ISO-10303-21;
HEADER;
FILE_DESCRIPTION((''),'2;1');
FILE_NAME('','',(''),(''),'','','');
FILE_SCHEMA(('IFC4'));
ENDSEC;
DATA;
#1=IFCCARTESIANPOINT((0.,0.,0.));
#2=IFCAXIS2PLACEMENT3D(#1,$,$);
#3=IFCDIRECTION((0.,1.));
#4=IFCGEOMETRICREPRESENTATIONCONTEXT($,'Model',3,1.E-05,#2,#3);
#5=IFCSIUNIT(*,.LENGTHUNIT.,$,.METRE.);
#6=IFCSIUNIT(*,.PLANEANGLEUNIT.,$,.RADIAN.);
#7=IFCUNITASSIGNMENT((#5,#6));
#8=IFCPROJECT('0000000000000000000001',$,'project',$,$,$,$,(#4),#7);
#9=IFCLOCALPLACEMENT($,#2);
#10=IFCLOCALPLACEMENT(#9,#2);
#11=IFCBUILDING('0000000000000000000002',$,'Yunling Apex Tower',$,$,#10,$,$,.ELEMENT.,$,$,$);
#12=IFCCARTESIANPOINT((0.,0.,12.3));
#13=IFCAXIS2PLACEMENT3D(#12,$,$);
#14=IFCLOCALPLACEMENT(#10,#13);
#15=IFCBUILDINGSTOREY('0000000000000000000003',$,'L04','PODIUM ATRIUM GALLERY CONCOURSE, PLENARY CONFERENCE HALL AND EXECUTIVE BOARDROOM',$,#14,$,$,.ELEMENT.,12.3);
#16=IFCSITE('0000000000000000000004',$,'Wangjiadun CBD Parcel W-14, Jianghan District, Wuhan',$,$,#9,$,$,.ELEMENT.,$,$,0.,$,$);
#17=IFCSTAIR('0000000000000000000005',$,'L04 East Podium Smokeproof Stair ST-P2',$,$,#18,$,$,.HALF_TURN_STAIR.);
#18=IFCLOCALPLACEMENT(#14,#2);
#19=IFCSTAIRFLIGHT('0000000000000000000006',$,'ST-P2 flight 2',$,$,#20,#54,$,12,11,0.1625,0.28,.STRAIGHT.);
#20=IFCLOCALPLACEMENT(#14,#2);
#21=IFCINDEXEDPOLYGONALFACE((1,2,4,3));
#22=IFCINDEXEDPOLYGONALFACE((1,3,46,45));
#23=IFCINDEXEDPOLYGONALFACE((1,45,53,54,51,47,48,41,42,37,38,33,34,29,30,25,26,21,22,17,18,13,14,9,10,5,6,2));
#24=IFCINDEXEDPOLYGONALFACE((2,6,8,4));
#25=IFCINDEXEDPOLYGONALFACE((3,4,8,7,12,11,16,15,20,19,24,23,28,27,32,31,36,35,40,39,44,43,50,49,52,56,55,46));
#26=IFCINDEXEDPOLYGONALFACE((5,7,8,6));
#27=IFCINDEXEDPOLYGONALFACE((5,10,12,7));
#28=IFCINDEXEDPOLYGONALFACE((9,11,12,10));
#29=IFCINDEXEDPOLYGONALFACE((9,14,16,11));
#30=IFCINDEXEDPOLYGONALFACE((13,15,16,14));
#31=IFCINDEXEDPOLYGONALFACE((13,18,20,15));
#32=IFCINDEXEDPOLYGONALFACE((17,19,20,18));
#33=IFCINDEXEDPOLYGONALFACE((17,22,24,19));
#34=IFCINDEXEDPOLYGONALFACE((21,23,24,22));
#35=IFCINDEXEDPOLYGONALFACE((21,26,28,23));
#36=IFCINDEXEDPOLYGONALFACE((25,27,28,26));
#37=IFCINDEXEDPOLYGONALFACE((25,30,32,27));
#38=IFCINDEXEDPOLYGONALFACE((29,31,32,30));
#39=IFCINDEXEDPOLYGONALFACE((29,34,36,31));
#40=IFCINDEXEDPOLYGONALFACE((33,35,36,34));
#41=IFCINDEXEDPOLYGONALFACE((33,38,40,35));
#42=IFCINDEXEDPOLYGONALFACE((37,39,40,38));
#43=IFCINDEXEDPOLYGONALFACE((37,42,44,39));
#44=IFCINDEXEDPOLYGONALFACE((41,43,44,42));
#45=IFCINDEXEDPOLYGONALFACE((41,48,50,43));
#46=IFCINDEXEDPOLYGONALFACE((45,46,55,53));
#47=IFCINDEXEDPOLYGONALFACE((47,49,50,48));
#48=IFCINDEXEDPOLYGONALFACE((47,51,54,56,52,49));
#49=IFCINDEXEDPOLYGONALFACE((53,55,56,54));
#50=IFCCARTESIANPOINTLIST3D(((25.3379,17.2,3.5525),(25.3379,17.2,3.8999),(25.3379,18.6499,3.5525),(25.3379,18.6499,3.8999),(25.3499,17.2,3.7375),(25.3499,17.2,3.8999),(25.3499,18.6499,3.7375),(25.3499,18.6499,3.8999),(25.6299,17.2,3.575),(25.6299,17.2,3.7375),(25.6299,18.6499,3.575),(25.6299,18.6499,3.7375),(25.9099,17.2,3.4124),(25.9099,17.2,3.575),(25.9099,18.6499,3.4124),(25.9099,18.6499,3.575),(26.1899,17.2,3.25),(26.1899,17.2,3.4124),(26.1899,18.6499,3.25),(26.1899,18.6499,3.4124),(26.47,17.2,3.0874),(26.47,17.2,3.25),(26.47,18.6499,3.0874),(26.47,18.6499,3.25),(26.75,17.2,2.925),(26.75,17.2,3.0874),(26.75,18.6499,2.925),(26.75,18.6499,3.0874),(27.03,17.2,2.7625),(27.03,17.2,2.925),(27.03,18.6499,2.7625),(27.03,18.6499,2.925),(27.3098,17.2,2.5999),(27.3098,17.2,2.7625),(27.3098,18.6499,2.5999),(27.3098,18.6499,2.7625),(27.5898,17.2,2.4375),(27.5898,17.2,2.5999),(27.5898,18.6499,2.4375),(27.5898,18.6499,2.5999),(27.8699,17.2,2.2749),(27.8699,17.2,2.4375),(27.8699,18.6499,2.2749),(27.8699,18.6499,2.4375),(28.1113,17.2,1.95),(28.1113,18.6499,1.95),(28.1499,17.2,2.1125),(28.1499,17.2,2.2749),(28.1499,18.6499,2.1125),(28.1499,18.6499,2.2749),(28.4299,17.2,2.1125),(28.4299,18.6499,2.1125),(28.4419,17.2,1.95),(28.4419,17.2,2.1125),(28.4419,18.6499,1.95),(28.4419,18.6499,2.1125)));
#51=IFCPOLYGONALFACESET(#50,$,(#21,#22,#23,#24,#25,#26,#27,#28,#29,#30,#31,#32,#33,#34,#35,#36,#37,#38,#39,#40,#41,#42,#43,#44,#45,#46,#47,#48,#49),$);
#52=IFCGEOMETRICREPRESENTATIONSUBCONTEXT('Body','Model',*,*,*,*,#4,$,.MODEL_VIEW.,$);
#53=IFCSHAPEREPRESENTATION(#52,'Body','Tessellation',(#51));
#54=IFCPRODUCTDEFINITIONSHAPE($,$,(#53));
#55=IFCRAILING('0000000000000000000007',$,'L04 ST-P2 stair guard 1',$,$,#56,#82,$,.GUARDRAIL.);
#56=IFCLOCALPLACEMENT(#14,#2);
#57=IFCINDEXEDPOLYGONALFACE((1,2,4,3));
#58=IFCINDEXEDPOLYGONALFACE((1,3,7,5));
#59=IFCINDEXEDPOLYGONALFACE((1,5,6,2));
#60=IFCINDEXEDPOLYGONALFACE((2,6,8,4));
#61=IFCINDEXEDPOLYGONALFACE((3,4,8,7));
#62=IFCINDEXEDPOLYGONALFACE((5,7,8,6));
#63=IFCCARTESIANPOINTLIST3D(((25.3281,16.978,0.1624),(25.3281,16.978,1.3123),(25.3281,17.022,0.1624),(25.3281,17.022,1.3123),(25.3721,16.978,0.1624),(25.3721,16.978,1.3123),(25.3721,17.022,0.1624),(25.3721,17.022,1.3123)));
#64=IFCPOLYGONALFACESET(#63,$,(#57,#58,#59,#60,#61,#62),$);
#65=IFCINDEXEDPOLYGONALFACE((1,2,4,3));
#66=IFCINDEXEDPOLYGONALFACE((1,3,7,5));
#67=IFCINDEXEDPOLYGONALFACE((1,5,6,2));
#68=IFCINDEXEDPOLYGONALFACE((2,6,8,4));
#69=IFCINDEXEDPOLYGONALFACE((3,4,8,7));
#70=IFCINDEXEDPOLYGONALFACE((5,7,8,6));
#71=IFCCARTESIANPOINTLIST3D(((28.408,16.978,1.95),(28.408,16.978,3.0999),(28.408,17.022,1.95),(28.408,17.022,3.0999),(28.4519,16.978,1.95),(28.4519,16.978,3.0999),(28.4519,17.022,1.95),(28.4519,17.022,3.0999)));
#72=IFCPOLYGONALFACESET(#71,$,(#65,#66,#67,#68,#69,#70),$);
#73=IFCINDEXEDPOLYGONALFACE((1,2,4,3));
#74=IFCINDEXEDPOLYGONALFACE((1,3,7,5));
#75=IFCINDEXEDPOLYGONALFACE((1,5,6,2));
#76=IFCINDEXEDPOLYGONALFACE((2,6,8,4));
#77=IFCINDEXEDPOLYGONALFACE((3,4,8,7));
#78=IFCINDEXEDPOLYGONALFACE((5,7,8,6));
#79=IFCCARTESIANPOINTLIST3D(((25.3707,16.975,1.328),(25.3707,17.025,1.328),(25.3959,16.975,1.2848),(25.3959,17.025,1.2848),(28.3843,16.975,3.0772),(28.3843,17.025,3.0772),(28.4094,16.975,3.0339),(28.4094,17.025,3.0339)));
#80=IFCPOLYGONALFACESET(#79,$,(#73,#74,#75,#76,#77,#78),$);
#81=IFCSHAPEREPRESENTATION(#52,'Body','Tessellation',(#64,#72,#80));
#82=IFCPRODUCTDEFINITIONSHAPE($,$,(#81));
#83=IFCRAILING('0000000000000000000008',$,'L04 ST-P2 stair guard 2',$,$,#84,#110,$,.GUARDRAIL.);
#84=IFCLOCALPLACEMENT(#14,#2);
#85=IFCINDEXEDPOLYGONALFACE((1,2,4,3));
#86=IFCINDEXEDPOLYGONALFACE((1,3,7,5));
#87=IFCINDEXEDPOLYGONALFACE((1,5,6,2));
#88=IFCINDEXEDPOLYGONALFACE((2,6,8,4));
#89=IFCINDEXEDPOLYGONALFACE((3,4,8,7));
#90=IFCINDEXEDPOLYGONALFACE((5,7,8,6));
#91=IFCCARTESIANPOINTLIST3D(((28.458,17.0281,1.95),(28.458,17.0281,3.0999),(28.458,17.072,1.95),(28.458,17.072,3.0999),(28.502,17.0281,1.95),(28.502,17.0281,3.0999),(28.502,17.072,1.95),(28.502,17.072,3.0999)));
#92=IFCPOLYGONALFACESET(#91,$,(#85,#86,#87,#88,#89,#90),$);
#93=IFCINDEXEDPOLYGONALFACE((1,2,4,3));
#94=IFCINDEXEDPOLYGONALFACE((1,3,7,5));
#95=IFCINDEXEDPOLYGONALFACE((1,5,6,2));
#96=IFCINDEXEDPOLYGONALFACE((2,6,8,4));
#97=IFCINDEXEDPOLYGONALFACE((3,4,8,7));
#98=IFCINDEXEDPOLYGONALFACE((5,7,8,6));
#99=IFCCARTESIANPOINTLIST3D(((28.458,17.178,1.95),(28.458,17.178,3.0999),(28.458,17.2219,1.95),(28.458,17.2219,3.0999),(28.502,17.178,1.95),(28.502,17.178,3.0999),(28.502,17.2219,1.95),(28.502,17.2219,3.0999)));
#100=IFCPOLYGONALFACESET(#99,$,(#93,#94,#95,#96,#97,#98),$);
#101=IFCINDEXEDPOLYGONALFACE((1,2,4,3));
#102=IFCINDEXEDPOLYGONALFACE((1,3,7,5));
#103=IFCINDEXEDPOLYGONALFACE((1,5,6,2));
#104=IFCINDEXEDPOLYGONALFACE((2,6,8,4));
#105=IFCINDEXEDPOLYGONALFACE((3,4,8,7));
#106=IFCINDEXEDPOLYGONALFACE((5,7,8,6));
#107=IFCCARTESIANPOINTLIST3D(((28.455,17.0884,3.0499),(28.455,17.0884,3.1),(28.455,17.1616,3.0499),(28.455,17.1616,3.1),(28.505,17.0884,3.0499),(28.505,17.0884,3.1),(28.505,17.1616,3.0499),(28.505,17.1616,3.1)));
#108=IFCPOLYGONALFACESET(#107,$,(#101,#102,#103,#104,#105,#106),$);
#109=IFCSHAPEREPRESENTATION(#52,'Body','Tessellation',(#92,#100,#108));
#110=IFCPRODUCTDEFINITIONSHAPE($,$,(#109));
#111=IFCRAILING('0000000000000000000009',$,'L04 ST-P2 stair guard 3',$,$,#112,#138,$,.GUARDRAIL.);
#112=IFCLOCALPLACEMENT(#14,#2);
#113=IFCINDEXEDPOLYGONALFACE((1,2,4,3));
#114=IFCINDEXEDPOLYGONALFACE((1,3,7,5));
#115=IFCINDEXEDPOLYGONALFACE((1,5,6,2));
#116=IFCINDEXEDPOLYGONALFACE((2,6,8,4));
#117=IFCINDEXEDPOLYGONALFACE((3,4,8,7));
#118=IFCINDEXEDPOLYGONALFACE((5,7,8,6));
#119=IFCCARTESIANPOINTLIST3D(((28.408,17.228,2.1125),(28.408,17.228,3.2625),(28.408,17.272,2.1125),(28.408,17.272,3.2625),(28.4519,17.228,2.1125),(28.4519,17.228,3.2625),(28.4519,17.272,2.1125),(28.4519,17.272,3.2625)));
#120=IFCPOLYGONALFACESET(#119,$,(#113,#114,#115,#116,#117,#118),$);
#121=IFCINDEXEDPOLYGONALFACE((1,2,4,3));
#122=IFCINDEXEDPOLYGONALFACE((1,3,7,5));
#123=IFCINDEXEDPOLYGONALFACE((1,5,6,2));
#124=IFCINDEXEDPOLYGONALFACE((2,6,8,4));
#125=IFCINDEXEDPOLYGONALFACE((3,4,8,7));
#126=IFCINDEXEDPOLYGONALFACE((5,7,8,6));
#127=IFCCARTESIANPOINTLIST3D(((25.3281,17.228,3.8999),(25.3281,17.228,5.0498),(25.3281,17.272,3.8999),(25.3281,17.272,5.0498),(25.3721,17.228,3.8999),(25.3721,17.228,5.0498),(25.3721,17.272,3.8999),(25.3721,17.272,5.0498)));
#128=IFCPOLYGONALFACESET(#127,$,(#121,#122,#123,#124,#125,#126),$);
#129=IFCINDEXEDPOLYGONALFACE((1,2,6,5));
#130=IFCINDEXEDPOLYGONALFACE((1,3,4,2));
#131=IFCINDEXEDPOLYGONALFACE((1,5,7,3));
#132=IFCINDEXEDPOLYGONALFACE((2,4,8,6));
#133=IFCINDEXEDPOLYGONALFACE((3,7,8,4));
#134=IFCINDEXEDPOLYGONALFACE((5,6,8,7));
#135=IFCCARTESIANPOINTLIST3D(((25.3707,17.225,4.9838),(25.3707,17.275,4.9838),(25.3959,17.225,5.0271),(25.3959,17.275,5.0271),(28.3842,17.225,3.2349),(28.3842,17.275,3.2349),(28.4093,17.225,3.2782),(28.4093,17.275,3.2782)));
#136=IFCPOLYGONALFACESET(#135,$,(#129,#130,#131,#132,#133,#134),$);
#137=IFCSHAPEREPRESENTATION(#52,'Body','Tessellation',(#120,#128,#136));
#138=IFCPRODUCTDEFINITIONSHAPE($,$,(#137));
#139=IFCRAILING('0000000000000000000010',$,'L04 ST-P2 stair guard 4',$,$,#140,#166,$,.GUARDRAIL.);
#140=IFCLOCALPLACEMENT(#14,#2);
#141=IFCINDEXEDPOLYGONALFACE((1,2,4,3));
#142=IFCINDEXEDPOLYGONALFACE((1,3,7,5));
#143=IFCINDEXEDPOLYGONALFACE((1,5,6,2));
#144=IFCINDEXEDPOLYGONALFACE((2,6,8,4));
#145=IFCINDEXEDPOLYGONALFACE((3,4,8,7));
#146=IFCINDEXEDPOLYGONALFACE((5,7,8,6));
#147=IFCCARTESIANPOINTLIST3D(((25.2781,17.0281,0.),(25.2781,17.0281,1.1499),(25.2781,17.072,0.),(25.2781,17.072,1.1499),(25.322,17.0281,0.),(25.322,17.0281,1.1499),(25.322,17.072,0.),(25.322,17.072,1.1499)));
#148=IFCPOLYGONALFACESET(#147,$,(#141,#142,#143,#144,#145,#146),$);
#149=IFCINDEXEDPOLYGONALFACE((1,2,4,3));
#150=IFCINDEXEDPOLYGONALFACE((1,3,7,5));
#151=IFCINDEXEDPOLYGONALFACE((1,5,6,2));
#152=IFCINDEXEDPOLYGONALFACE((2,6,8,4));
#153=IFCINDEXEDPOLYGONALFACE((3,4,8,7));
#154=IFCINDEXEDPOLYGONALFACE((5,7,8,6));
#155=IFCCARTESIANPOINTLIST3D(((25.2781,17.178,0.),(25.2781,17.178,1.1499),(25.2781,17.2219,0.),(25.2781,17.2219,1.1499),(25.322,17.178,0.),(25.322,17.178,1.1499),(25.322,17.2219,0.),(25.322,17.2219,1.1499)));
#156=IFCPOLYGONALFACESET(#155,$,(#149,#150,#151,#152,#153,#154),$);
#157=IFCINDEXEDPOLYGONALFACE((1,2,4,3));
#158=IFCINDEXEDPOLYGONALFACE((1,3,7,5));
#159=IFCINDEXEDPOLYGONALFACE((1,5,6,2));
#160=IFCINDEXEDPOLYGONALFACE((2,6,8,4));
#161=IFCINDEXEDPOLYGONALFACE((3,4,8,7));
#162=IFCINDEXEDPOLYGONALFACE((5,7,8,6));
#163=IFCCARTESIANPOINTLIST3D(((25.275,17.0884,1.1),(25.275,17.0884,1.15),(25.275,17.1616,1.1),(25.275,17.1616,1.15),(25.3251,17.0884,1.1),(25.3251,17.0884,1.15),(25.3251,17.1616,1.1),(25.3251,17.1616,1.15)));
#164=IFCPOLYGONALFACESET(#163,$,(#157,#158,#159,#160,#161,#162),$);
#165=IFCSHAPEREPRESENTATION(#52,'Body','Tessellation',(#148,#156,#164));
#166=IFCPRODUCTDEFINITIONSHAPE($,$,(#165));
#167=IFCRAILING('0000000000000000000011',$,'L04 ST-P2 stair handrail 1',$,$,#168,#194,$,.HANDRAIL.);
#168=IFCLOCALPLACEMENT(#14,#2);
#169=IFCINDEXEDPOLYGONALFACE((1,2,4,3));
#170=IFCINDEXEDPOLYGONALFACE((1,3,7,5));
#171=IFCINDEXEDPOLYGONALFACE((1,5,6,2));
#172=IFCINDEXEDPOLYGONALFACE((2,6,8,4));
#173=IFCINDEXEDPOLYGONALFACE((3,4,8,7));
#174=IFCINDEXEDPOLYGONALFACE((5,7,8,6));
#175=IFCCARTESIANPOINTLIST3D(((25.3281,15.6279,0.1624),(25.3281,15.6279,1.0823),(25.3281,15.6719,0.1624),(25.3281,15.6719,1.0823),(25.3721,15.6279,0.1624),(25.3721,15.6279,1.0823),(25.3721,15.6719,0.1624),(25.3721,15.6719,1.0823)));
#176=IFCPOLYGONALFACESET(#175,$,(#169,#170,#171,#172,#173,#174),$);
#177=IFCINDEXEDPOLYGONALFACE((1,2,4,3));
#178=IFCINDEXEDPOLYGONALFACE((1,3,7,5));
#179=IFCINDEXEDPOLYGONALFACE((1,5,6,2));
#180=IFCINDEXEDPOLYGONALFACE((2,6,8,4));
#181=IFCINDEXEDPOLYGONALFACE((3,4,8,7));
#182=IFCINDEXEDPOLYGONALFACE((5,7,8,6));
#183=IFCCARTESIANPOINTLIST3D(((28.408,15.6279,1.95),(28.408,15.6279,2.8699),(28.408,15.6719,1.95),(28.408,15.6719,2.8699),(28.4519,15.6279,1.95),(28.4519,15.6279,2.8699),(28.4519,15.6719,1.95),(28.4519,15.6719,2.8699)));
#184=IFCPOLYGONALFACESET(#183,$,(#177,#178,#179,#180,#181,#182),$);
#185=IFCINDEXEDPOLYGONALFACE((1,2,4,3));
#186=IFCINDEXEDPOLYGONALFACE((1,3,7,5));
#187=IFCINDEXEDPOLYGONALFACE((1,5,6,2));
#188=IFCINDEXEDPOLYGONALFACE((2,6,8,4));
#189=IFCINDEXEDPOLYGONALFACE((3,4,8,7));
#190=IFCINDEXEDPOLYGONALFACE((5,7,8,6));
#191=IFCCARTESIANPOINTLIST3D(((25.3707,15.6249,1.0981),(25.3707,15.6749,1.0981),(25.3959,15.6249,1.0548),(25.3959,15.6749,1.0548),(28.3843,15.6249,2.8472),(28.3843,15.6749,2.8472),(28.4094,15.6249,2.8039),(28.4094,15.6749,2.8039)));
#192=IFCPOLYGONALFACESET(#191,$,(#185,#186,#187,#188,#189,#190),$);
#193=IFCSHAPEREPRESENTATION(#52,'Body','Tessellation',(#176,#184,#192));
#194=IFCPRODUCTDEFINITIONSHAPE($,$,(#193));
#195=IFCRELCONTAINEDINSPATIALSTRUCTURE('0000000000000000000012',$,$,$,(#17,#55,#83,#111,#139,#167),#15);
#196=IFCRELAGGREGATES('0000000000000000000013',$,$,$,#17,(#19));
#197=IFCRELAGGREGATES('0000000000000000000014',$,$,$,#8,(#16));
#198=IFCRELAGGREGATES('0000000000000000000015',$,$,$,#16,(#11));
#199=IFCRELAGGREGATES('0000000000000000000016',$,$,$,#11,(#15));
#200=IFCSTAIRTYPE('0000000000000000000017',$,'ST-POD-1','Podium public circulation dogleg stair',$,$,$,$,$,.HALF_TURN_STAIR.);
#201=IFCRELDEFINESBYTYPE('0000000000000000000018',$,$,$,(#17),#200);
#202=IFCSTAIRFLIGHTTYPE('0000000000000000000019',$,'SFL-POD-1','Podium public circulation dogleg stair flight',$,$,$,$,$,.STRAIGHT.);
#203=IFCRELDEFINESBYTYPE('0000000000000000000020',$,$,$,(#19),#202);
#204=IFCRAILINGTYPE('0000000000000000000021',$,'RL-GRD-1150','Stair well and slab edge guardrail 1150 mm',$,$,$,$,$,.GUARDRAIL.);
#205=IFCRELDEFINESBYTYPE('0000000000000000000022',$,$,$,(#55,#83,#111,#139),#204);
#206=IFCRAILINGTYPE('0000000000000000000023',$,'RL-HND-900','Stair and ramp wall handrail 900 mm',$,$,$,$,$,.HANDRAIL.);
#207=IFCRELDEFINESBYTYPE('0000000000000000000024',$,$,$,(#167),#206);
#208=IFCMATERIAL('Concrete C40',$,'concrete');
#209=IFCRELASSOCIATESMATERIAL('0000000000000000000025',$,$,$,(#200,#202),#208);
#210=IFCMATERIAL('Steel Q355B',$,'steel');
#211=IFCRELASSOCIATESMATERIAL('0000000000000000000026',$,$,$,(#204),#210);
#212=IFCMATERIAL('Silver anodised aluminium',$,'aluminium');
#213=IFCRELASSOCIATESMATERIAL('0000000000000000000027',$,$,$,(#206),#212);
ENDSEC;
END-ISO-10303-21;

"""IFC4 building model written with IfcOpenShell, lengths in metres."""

from ifc_helpers import new_model, si_unit, direction, frame, origin, origin_2d, place, context, subcontext, project, spatial, polyline, rectangle, outline, extrude, material, type_object, element, aggregate, save


model = new_model("IFC4")

# Units and contexts
model_context = context("Model", 3, precision=1e-05, world=origin(), true_north=direction((0.0, 1.0)))
body_context = subcontext(model_context, "Body", "Model", "MODEL_VIEW")
ifc_project = project(units=[si_unit("LENGTHUNIT", "METRE"), si_unit("PLANEANGLEUNIT", "RADIAN")], contexts=[model_context])

# Site, building, storey
site_placement = place(None, origin())
site = spatial("IfcSite", under=ifc_project, at=site_placement, Name="Wangjiadun CBD Parcel W-14, Jianghan District, Wuhan", CompositionType="ELEMENT", RefElevation=0.0)
building_placement = place(site_placement, origin())
building = spatial("IfcBuilding", under=site, at=building_placement, Name="Yunling Apex Tower", CompositionType="ELEMENT")
storey_placement = place(building_placement, frame((0.0, 0.0, 12.3)))
storey = spatial("IfcBuildingStorey", under=building, at=storey_placement, Name="L04", Description="PODIUM ATRIUM GALLERY CONCOURSE, PLENARY CONFERENCE HALL AND EXECUTIVE BOARDROOM", CompositionType="ELEMENT", Elevation=12.3)

# Shared definitions
ifc_material_1 = material(Name="Steel Q355B", Category="steel")

# Shared definitions
ifc_material_2 = material(Name="Concrete C40", Category="concrete")

# Stair, stair flight
stair_type = type_object("IfcStairType", Name="ST-POD-1", Description="Podium public circulation dogleg stair", PredefinedType="HALF_TURN_STAIR", material=ifc_material_2)
stair_placement = place(storey_placement, origin())
stair = element("IfcStair", 1, at=stair_placement, inside=storey, type_object=stair_type, Name="L04 East Podium Smokeproof Stair ST-P2", PredefinedType="HALF_TURN_STAIR")
stair_flight_type = type_object("IfcStairFlightType", Name="SFL-POD-1", Description="Podium public circulation dogleg stair flight", PredefinedType="STRAIGHT", material=ifc_material_2)
stair_flight_1_placement = place(storey_placement, frame((28.4299, 17.925, 1.95), z_axis=(0.0, 0.0, 1.0), x_axis=(-1.0, 0.0, 0.0)))
stair_flight_1 = element("IfcStairFlight", 2, at=stair_flight_1_placement, type_object=stair_flight_type, Name="ST-P2 flight 2", NumberOfRisers=12, NumberOfTreads=11, PredefinedType="STRAIGHT", RiserHeight=0.1625, TreadLength=0.28, context=body_context, shape_type="SweptSolid", body=[
    extrude(outline(polyline([(-0.012, 0.0), (-0.012, 0.1626), (0.0, 0.1626), (0.28, 0.1626), (0.28, 0.325), (0.5601, 0.325), (0.5601, 0.4875), (0.8401, 0.4875), (0.8401, 0.6499), (1.1201, 0.6499), (1.1201, 0.8125), (1.3999, 0.8125), (1.3999, 0.9751), (1.6799, 0.9751), (1.6799, 1.1375), (1.96, 1.1375), (1.96, 1.3), (2.24, 1.3), (2.24, 1.4624), (2.52, 1.4624), (2.52, 1.625), (2.8, 1.625), (2.8, 1.7876), (3.0801, 1.7876), (3.0801, 1.95), (3.092, 1.95), (3.092, 1.6025), (0.3186, 0.0), (-0.012, 0.0)])), frame((0.0, 0.7251, 0.0), z_axis=(0.0, -1.0, 0.0), x_axis=(1.0, 0.0, 0.0)), (0.0, 0.0, 1.0), 1.45),
])
aggregate(stair, [stair_flight_1])

# Railings
railing_type_1 = type_object("IfcRailingType", Name="RL-GRD-1150", Description="Stair well and slab edge guardrail 1150 mm", PredefinedType="GUARDRAIL", material=ifc_material_1)
railing_1_placement = place(storey_placement, frame((25.3501, 17.0, 0.1624)))
element("IfcRailing", 3, at=railing_1_placement, inside=storey, type_object=railing_type_1, Name="L04 ST-P2 stair guard 1", PredefinedType="GUARDRAIL", context=body_context, shape_type="SweptSolid", body=[
    extrude(rectangle(XDim=0.0439, YDim=0.0439, at=origin_2d()), origin(), (0.0, 0.0, 1.0), 1.1499),
    extrude(rectangle(XDim=0.0439, YDim=0.0439, at=origin_2d()), frame((3.0798, 0.0, 1.7876)), (0.0, 0.0, 1.0), 1.1499),
    extrude(rectangle(XDim=0.05, YDim=0.05, at=origin_2d()), frame((0.0332, 0.0, 1.144), z_axis=(0.864873, 0.0, 0.50199), x_axis=(0.0, 1.0, 0.0)), (0.0, 0.0, 1.0), 3.4844),
])
railing_2_placement = place(storey_placement, frame((28.48, 17.05, 1.95)))
element("IfcRailing", 4, at=railing_2_placement, inside=storey, type_object=railing_type_1, Name="L04 ST-P2 stair guard 2", PredefinedType="GUARDRAIL", context=body_context, shape_type="SweptSolid", body=[
    extrude(rectangle(XDim=0.0439, YDim=0.0439, at=origin_2d()), origin(), (0.0, 0.0, 1.0), 1.1499),
    extrude(rectangle(XDim=0.0439, YDim=0.0439, at=origin_2d()), frame((0.0, 0.1499, 0.0)), (0.0, 0.0, 1.0), 1.1499),
    extrude(rectangle(XDim=0.05, YDim=0.05, at=origin_2d()), frame((0.0, 0.0383, 1.125), z_axis=(0.0, 1.0, 0.0), x_axis=(-1.0, 0.0, 0.0)), (0.0, 0.0, 1.0), 0.0732),
])
railing_3_placement = place(storey_placement, frame((28.4299, 17.25, 2.1125)))
element("IfcRailing", 5, at=railing_3_placement, inside=storey, type_object=railing_type_1, Name="L04 ST-P2 stair guard 3", PredefinedType="GUARDRAIL", context=body_context, shape_type="SweptSolid", body=[
    extrude(rectangle(XDim=0.0439, YDim=0.0439, at=origin_2d()), origin(), (0.0, 0.0, 1.0), 1.1499),
    extrude(rectangle(XDim=0.0439, YDim=0.0439, at=origin_2d()), frame((-3.0798, 0.0, 1.7874)), (0.0, 0.0, 1.0), 1.1499),
    extrude(rectangle(XDim=0.05, YDim=0.05, at=origin_2d()), frame((-0.0332, 0.0, 1.144), z_axis=(-0.864903, 0.0, 0.501939), x_axis=(0.0, -1.0, 0.0)), (0.0, 0.0, 1.0), 3.4841),
])
railing_4_placement = place(storey_placement, frame((25.3, 17.05, 0.0)))
element("IfcRailing", 6, at=railing_4_placement, inside=storey, type_object=railing_type_1, Name="L04 ST-P2 stair guard 4", PredefinedType="GUARDRAIL", context=body_context, shape_type="SweptSolid", body=[
    extrude(rectangle(XDim=0.0439, YDim=0.0439, at=origin_2d()), origin(), (0.0, 0.0, 1.0), 1.1499),
    extrude(rectangle(XDim=0.0439, YDim=0.0439, at=origin_2d()), frame((0.0, 0.1499, 0.0)), (0.0, 0.0, 1.0), 1.1499),
    extrude(rectangle(XDim=0.05, YDim=0.05, at=origin_2d()), frame((0.0, 0.0383, 1.125), z_axis=(0.0, 1.0, 0.0), x_axis=(-1.0, 0.0, 0.0)), (0.0, 0.0, 1.0), 0.0732),
])
ifc_material_3 = material(Name="Silver anodised aluminium", Category="aluminium")
railing_type_2 = type_object("IfcRailingType", Name="RL-HND-900", Description="Stair and ramp wall handrail 900 mm", PredefinedType="HANDRAIL", material=ifc_material_3)
railing_5_placement = place(storey_placement, frame((25.3501, 15.6499, 0.1624)))
element("IfcRailing", 7, at=railing_5_placement, inside=storey, type_object=railing_type_2, Name="L04 ST-P2 stair handrail 1", PredefinedType="HANDRAIL", context=body_context, shape_type="SweptSolid", body=[
    extrude(rectangle(XDim=0.0439, YDim=0.0439, at=origin_2d()), origin(), (0.0, 0.0, 1.0), 0.9199),
    extrude(rectangle(XDim=0.0439, YDim=0.0439, at=origin_2d()), frame((3.0798, 0.0, 1.7876)), (0.0, 0.0, 1.0), 0.9199),
    extrude(rectangle(XDim=0.05, YDim=0.05, at=origin_2d()), frame((0.0332, 0.0, 0.9141), z_axis=(0.864873, 0.0, 0.50199), x_axis=(0.0, 1.0, 0.0)), (0.0, 0.0, 1.0), 3.4844),
])

save(model, "model.ifc")
